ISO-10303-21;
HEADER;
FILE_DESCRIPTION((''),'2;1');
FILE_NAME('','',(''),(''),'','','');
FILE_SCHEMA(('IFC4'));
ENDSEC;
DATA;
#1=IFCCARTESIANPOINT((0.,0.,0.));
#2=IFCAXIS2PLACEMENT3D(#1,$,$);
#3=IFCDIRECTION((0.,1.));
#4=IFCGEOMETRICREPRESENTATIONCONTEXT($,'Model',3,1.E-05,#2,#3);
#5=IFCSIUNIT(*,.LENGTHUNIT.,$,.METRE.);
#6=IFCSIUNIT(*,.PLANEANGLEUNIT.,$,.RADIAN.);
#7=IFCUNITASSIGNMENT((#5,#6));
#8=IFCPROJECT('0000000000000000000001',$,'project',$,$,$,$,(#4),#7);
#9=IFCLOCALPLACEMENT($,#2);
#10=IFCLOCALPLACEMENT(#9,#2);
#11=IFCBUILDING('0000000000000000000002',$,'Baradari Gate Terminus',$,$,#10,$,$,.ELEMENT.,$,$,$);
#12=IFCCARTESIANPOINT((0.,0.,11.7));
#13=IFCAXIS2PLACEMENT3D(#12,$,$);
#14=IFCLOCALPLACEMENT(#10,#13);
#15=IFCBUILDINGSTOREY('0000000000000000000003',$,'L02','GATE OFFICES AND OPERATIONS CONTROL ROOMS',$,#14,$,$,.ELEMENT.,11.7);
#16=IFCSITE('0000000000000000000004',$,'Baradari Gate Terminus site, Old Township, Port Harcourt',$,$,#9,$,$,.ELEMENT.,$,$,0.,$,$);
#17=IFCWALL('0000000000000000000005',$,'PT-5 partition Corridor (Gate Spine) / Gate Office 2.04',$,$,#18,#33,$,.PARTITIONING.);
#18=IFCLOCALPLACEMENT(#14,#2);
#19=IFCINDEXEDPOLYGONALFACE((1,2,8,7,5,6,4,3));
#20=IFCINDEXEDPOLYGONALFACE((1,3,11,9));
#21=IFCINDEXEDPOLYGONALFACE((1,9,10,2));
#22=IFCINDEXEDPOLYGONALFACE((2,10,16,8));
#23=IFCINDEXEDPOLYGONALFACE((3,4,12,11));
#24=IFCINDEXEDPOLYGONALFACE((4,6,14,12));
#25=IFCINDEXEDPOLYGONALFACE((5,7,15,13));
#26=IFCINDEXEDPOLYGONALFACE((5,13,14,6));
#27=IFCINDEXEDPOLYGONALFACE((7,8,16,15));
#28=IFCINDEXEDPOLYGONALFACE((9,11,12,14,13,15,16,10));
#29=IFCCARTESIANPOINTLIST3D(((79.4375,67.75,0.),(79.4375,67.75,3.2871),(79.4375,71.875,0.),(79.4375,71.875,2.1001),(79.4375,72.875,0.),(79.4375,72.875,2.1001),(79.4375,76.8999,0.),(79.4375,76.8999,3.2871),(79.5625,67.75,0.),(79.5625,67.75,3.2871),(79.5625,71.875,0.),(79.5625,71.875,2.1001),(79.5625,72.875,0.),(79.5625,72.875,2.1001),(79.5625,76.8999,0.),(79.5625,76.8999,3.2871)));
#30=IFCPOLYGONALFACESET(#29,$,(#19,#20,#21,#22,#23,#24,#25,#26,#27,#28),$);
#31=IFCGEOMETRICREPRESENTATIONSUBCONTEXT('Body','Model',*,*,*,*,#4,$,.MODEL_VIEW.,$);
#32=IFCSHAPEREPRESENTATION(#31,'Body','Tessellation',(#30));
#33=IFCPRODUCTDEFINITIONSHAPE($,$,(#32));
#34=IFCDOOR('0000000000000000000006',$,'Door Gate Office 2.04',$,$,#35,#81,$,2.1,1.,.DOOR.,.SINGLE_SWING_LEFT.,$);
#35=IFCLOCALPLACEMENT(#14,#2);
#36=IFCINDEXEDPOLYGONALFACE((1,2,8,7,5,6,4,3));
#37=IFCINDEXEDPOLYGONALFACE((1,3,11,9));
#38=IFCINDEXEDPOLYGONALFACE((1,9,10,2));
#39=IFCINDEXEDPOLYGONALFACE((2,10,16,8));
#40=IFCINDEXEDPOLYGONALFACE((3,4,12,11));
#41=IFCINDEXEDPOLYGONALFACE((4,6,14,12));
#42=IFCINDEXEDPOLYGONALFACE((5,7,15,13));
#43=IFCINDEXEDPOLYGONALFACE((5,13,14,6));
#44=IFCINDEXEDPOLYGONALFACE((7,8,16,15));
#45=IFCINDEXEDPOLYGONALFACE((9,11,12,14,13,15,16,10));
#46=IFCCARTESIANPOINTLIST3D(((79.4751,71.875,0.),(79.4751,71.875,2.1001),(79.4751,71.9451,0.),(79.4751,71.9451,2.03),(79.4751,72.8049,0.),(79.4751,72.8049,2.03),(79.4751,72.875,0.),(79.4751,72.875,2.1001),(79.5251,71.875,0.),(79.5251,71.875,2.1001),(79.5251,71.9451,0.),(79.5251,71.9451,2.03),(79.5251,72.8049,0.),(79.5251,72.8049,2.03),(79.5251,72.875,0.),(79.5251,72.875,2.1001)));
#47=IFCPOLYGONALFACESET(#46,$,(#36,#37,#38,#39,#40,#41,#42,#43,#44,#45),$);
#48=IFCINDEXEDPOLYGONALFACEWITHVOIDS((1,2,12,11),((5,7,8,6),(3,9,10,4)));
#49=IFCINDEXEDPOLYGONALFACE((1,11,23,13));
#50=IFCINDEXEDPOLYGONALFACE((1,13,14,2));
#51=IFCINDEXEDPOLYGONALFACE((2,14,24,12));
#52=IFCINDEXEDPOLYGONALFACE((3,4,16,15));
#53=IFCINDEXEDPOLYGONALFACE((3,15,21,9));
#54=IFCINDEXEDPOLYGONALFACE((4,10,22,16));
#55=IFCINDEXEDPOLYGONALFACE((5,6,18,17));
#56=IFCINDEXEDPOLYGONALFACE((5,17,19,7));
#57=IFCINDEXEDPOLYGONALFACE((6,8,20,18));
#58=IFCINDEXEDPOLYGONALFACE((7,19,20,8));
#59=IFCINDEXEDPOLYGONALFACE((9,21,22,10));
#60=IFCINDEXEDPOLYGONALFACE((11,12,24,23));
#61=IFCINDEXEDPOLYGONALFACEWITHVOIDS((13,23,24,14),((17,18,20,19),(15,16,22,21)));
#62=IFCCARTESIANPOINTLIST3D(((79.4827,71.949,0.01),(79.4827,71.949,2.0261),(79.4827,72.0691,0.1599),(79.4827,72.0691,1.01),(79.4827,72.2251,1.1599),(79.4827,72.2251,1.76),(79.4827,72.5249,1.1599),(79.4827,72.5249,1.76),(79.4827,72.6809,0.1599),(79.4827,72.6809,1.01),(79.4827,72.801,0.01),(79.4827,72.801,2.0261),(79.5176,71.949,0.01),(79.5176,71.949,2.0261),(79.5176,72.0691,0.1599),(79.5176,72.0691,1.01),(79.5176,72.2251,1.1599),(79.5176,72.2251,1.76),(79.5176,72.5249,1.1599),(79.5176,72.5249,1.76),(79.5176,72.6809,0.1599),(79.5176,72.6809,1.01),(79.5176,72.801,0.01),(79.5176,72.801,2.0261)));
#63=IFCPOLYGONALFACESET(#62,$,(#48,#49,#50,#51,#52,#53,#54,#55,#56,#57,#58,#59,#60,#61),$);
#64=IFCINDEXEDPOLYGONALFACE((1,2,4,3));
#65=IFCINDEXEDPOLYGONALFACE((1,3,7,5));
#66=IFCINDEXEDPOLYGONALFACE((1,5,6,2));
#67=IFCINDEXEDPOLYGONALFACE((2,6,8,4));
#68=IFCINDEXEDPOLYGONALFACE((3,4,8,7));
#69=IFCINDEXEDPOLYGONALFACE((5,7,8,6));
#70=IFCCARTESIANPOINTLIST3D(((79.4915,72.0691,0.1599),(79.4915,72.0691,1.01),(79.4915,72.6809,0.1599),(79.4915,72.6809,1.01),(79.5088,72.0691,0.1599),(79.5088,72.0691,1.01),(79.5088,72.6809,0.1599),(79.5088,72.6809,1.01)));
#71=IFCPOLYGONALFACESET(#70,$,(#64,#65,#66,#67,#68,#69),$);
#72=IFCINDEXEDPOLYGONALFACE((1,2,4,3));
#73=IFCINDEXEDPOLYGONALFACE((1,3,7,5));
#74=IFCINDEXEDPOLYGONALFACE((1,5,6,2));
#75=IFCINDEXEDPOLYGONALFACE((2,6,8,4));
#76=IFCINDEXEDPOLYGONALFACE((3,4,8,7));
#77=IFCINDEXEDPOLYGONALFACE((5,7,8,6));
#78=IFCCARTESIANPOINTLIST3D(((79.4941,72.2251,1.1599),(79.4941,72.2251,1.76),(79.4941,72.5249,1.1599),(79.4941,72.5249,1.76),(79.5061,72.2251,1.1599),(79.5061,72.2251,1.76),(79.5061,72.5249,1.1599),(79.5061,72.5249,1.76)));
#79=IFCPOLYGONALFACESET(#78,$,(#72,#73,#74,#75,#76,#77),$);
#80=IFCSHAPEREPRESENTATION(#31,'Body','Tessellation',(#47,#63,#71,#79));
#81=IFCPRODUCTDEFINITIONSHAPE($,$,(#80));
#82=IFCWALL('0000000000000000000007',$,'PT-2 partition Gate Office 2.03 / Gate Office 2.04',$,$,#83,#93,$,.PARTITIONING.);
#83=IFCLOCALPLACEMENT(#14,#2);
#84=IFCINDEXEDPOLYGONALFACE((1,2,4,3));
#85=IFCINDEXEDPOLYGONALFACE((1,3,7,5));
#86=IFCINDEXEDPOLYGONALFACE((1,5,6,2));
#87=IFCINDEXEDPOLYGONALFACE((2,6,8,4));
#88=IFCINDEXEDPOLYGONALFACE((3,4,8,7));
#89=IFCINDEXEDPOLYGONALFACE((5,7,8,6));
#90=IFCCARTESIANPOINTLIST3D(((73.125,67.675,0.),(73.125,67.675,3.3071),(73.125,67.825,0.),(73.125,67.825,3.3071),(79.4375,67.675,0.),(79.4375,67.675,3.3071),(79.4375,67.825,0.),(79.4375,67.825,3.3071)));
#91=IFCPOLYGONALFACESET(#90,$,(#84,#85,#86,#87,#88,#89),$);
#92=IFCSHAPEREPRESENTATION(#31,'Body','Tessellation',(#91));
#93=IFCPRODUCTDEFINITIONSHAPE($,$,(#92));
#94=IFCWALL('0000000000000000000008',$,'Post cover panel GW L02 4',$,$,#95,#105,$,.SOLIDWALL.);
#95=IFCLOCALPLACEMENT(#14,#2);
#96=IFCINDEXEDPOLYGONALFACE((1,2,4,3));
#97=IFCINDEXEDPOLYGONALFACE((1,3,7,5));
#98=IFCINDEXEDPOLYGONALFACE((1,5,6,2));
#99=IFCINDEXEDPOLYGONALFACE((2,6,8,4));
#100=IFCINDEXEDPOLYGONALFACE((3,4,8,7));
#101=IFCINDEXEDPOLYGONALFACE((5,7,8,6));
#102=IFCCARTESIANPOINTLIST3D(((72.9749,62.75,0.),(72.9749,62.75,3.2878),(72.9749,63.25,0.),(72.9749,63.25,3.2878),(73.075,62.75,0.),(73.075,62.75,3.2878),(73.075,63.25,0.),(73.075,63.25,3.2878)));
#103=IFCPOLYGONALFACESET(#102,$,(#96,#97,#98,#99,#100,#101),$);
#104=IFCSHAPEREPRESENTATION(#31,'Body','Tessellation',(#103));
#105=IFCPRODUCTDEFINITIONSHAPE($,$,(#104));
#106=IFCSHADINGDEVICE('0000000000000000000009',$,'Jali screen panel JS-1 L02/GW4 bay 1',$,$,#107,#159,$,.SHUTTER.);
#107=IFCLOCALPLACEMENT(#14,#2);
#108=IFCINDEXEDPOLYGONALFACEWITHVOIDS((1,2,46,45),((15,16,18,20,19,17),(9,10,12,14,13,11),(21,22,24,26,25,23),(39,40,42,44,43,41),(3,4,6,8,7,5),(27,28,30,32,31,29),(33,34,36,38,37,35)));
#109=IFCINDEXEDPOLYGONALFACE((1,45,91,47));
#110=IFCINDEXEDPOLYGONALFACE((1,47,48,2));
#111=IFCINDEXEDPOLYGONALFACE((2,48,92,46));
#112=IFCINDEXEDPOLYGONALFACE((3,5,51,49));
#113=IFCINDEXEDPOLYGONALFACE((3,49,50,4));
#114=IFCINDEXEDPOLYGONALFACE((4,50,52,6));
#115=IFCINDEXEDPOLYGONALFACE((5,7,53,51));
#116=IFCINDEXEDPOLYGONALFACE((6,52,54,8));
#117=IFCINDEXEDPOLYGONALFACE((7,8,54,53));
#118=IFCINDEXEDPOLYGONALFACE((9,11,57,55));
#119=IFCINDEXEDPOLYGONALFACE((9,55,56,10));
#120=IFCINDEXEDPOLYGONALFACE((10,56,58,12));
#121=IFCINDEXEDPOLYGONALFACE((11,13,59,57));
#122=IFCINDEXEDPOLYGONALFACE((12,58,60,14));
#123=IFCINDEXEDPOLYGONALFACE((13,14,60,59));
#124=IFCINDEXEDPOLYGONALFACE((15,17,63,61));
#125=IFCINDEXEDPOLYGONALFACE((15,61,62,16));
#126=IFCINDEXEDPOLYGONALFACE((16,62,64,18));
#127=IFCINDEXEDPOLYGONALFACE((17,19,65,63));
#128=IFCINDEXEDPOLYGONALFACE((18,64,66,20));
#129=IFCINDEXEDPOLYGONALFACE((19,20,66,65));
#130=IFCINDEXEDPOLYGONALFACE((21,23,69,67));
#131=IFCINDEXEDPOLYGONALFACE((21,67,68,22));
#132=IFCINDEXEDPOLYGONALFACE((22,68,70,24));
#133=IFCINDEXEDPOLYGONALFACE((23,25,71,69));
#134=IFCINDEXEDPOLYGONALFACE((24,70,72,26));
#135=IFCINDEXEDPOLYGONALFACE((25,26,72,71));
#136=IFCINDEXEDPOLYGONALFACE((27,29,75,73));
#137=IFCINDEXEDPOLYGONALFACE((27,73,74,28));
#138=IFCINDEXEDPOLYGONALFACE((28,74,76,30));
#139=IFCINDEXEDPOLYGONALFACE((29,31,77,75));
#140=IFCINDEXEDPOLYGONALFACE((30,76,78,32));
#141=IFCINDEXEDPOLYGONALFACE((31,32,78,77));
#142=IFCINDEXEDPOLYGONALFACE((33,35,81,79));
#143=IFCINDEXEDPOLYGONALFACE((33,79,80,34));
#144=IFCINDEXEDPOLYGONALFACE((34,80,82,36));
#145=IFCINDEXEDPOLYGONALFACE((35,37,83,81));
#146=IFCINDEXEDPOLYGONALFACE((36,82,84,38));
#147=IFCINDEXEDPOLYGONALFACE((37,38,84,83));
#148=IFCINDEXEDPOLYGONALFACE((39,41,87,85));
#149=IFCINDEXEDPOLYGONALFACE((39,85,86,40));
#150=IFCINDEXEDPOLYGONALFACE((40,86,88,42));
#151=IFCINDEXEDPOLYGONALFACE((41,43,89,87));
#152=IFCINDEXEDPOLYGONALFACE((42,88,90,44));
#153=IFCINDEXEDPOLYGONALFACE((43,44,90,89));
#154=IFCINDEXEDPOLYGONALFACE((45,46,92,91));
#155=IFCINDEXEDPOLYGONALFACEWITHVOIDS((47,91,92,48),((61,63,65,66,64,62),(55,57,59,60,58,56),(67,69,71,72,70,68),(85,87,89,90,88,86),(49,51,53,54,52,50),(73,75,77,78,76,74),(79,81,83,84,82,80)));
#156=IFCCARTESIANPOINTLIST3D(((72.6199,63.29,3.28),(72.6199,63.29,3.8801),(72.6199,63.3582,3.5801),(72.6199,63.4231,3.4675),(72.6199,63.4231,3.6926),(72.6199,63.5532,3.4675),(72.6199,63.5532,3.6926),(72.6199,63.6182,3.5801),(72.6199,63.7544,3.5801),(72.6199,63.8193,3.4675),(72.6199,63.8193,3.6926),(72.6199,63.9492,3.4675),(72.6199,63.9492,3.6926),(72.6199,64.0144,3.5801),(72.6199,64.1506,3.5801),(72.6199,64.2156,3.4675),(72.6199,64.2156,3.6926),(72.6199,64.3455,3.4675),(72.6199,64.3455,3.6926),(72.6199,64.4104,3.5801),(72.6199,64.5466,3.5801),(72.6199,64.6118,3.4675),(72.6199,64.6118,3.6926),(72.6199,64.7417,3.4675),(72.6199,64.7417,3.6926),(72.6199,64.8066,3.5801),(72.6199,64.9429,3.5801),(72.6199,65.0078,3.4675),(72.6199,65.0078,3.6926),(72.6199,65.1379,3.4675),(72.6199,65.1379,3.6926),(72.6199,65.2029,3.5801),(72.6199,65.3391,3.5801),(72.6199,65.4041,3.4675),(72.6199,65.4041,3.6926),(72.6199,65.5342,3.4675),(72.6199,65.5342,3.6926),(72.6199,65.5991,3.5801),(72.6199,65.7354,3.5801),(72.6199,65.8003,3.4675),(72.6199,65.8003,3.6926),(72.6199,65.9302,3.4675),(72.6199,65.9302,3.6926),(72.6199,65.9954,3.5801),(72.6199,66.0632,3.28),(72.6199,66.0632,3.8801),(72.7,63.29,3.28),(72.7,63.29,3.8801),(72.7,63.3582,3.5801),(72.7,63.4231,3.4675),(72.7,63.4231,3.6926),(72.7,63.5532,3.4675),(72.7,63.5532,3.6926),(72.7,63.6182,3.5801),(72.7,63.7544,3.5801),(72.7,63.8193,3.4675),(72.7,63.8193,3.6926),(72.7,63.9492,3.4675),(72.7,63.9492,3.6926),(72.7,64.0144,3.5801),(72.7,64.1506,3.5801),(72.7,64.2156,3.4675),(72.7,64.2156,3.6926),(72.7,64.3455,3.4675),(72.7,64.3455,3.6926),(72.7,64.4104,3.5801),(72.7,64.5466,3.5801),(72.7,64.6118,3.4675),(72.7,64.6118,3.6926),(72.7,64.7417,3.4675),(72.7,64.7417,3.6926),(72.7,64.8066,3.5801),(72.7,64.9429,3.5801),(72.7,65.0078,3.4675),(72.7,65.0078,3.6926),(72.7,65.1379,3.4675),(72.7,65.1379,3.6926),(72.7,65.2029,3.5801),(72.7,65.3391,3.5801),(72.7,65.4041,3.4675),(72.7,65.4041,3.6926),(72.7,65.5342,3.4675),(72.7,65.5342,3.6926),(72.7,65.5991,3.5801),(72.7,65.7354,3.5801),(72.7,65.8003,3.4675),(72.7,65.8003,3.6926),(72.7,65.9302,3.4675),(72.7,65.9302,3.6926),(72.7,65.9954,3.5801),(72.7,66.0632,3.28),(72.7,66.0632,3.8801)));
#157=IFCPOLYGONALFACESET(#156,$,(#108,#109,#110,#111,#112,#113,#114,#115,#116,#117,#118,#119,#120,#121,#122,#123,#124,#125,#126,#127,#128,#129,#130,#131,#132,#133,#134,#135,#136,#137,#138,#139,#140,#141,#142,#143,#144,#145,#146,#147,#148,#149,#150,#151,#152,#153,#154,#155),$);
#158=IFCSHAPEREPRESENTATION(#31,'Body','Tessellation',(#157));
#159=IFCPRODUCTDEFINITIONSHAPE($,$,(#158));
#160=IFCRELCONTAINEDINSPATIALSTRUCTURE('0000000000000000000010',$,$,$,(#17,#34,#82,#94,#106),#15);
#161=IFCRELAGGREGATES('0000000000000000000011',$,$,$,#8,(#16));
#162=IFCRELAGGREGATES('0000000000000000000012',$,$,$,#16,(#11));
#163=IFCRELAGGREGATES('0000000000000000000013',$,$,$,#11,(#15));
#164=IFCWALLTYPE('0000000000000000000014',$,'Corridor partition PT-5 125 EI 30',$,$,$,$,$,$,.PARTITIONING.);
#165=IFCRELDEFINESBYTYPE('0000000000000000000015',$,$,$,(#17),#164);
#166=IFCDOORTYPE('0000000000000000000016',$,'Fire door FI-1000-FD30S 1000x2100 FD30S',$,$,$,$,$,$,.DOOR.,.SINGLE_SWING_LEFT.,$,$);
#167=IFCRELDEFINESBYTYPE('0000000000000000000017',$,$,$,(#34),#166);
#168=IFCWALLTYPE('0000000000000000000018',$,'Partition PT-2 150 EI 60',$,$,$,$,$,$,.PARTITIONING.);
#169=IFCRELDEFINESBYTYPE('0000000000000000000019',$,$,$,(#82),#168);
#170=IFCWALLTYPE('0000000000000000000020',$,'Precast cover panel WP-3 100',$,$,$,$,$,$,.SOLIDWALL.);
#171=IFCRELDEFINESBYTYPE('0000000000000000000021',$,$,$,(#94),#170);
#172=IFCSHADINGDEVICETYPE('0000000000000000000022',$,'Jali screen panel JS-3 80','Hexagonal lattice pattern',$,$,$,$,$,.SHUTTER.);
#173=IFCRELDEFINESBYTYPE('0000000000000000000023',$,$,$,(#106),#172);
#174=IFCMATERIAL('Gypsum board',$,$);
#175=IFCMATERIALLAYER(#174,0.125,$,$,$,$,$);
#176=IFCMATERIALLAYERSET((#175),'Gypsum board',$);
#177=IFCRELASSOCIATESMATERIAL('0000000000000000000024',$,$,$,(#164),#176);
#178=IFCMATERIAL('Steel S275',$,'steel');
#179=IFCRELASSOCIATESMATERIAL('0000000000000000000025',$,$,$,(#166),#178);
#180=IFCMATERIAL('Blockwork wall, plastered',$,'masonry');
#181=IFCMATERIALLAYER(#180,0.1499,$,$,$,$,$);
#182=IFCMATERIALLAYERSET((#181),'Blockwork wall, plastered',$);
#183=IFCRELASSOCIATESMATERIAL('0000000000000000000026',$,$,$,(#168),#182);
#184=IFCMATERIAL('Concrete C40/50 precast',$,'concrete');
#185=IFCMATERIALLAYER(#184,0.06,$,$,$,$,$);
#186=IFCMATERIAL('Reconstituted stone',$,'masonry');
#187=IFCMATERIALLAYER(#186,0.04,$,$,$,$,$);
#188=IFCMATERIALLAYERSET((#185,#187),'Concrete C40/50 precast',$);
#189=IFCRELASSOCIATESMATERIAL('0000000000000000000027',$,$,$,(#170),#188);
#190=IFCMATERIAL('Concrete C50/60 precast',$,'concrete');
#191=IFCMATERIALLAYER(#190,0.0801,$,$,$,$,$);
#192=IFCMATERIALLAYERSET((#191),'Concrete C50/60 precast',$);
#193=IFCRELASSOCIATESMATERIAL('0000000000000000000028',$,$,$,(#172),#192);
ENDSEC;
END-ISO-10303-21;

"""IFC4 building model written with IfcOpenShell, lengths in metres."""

from ifc_helpers import new_model, si_unit, direction, frame, frame_2d, origin, place, context, subcontext, project, spatial, polyline, rectangle, outline, extrude, material, layer, layer_set, type_object, element, fill, save


model = new_model("IFC4")

# Units and contexts
model_context = context("Model", 3, precision=1e-05, world=origin(), true_north=direction((0.0, 1.0)))
body_context = subcontext(model_context, "Body", "Model", "MODEL_VIEW")
ifc_project = project(units=[si_unit("LENGTHUNIT", "METRE"), si_unit("PLANEANGLEUNIT", "RADIAN")], contexts=[model_context])

# Site, building, storey
site_placement = place(None, origin())
site = spatial("IfcSite", under=ifc_project, at=site_placement, Name="Baradari Gate Terminus site, Old Township, Port Harcourt", CompositionType="ELEMENT", RefElevation=0.0)
building_placement = place(site_placement, origin())
building = spatial("IfcBuilding", under=site, at=building_placement, Name="Baradari Gate Terminus", CompositionType="ELEMENT")
storey_placement = place(building_placement, frame((0.0, 0.0, 11.7)))
storey = spatial("IfcBuildingStorey", under=building, at=storey_placement, Name="L02", Description="GATE OFFICES AND OPERATIONS CONTROL ROOMS", CompositionType="ELEMENT", Elevation=11.7)

# Wall, opening, door
ifc_material_1 = material(Name="Gypsum board")
ifc_layer_1 = layer(ifc_material_1, 0.125)
ifc_layer_set_1 = layer_set([ifc_layer_1], Name="Gypsum board")
wall_type_1 = type_object("IfcWallType", Name="Corridor partition PT-5 125 EI 30", PredefinedType="PARTITIONING", material=ifc_layer_set_1)
wall_1_placement = place(storey_placement, frame((79.5, 67.75, 0.0), z_axis=(0.0, 0.0, 1.0), x_axis=(0.0, 1.0, 0.0)))
wall_1 = element("IfcWall", 1, at=wall_1_placement, inside=storey, type_object=wall_type_1, Name="PT-5 partition Corridor (Gate Spine) / Gate Office 2.04", PredefinedType="PARTITIONING", context=body_context, shape_type="SweptSolid", body=[
    extrude(rectangle(XDim=9.1499, YDim=0.125, at=frame_2d((4.575, 0.0))), origin(), (0.0, 0.0, 1.0), 3.2871),
])
opening_placement = place(wall_1_placement, frame((4.125, 0.0, 0.0)))
opening = element("IfcOpeningElement", 2, at=opening_placement, cuts=wall_1, PredefinedType="OPENING", context=body_context, shape_type="SweptSolid", body=[
    extrude(rectangle(XDim=1.0, YDim=2.1001, at=frame_2d((0.5, 1.05))), frame((0.0, 0.0725, 0.0), z_axis=(0.0, -1.0, 0.0), x_axis=(1.0, 0.0, 0.0)), (0.0, 0.0, 1.0), 0.145),
])
ifc_material_2 = material(Name="Steel S275", Category="steel")
door_type = type_object("IfcDoorType", Name="Fire door FI-1000-FD30S 1000x2100 FD30S", OperationType="SINGLE_SWING_LEFT", PredefinedType="DOOR", material=ifc_material_2)
door_placement = place(opening_placement, origin())
door = element("IfcDoor", 3, at=door_placement, inside=storey, type_object=door_type, Name="Door Gate Office 2.04", OperationType="SINGLE_SWING_LEFT", OverallHeight=2.1, OverallWidth=1.0, PredefinedType="DOOR", context=body_context, shape_type="SweptSolid", body=[
    extrude(outline(polyline([(0.0, 0.0), (0.0701, 0.0), (0.0701, 2.03), (0.9299, 2.03), (0.9299, 0.0), (1.0, 0.0), (1.0, 2.1001), (0.0, 2.1001), (0.0, 0.0)])), frame((0.0, 0.0249, 0.0), z_axis=(0.0, -1.0, 0.0), x_axis=(1.0, 0.0, 0.0)), (0.0, 0.0, 1.0), 0.05),
    extrude(outline(polyline([(0.074, 0.01), (0.926, 0.01), (0.926, 2.0261), (0.074, 2.0261), (0.074, 0.01)]), holes=[polyline([(0.1941, 0.1599), (0.8059, 0.1599), (0.8059, 1.01), (0.1941, 1.01), (0.1941, 0.1599)]), polyline([(0.3501, 1.1599), (0.6499, 1.1599), (0.6499, 1.76), (0.3501, 1.76), (0.3501, 1.1599)])]), frame((0.0, 0.0173, 0.0), z_axis=(0.0, -1.0, 0.0), x_axis=(1.0, 0.0, 0.0)), (0.0, 0.0, 1.0), 0.0349),
    extrude(rectangle(XDim=0.6118, YDim=0.8501, at=frame_2d((0.5, 0.585))), frame((0.0, 0.0085, 0.0), z_axis=(0.0, -1.0, 0.0), x_axis=(1.0, 0.0, 0.0)), (0.0, 0.0, 1.0), 0.0173),
    extrude(rectangle(XDim=0.2998, YDim=0.6001, at=frame_2d((0.5, 1.46))), frame((0.0, 0.0059, 0.0), z_axis=(0.0, -1.0, 0.0), x_axis=(1.0, 0.0, 0.0)), (0.0, 0.0, 1.0), 0.012),
])
fill(opening, door)

# Walls
ifc_material_3 = material(Name="Blockwork wall, plastered", Category="masonry")
ifc_layer_2 = layer(ifc_material_3, 0.1499)
ifc_layer_set_2 = layer_set([ifc_layer_2], Name="Blockwork wall, plastered")
wall_type_2 = type_object("IfcWallType", Name="Partition PT-2 150 EI 60", PredefinedType="PARTITIONING", material=ifc_layer_set_2)
wall_2_placement = place(storey_placement, frame((73.125, 67.75, 0.0), z_axis=(0.0, 0.0, 1.0), x_axis=(1.0, 0.0, 0.0)))
element("IfcWall", 4, at=wall_2_placement, inside=storey, type_object=wall_type_2, Name="PT-2 partition Gate Office 2.03 / Gate Office 2.04", PredefinedType="PARTITIONING", context=body_context, shape_type="SweptSolid", body=[
    extrude(rectangle(XDim=6.3125, YDim=0.1499, at=frame_2d((3.1562, 0.0))), origin(), (0.0, 0.0, 1.0), 3.3071),
])
ifc_material_4 = material(Name="Concrete C40/50 precast", Category="concrete")
ifc_layer_3 = layer(ifc_material_4, 0.06)
ifc_material_5 = material(Name="Reconstituted stone", Category="masonry")
ifc_layer_4 = layer(ifc_material_5, 0.04)
ifc_layer_set_3 = layer_set([ifc_layer_3, ifc_layer_4], Name="Concrete C40/50 precast")
wall_type_3 = type_object("IfcWallType", Name="Precast cover panel WP-3 100", PredefinedType="SOLIDWALL", material=ifc_layer_set_3)
wall_3_placement = place(storey_placement, frame((73.0249, 62.75, 0.0), z_axis=(0.0, 0.0, 1.0), x_axis=(0.0, 1.0, 0.0)))
element("IfcWall", 5, at=wall_3_placement, inside=storey, type_object=wall_type_3, Name="Post cover panel GW L02 4", PredefinedType="SOLIDWALL", context=body_context, shape_type="SweptSolid", body=[
    extrude(rectangle(XDim=0.5, YDim=0.1001, at=frame_2d((0.25, 0.0))), origin(), (0.0, 0.0, 1.0), 3.2878),
])

# Shading device
ifc_material_6 = material(Name="Concrete C50/60 precast", Category="concrete")
ifc_layer_5 = layer(ifc_material_6, 0.0801)
ifc_layer_set_4 = layer_set([ifc_layer_5], Name="Concrete C50/60 precast")
shading_device_type = type_object("IfcShadingDeviceType", Name="Jali screen panel JS-3 80", Description="Hexagonal lattice pattern", PredefinedType="SHUTTER", material=ifc_layer_set_4)
shading_device_1_placement = place(storey_placement, frame((72.6599, 63.29, 3.28), z_axis=(0.0, 0.0, 1.0), x_axis=(0.0, 1.0, 0.0)))
element("IfcShadingDevice", 6, at=shading_device_1_placement, inside=storey, type_object=shading_device_type, Name="Jali screen panel JS-1 L02/GW4 bay 1", PredefinedType="SHUTTER", context=body_context, shape_type="SweptSolid", body=[
    extrude(outline(polyline([(0.0, 0.0), (2.7732, 0.0), (2.7732, 0.6001), (0.0, 0.6001), (0.0, 0.0)]), holes=[polyline([(0.3281, 0.3), (0.2632, 0.1875), (0.1331, 0.1875), (0.0681, 0.3), (0.1331, 0.4126), (0.2632, 0.4126), (0.3281, 0.3)]), polyline([(0.7244, 0.3), (0.6592, 0.1875), (0.5293, 0.1875), (0.4644, 0.3), (0.5293, 0.4126), (0.6592, 0.4126), (0.7244, 0.3)]), polyline([(1.1204, 0.3), (1.0554, 0.1875), (0.9255, 0.1875), (0.8606, 0.3), (0.9255, 0.4126), (1.0554, 0.4126), (1.1204, 0.3)]), polyline([(1.5166, 0.3), (1.4517, 0.1875), (1.3218, 0.1875), (1.2566, 0.3), (1.3218, 0.4126), (1.4517, 0.4126), (1.5166, 0.3)]), polyline([(1.9128, 0.3), (1.8479, 0.1875), (1.7178, 0.1875), (1.6528, 0.3), (1.7178, 0.4126), (1.8479, 0.4126), (1.9128, 0.3)]), polyline([(2.3091, 0.3), (2.2441, 0.1875), (2.114, 0.1875), (2.0491, 0.3), (2.114, 0.4126), (2.2441, 0.4126), (2.3091, 0.3)]), polyline([(2.7053, 0.3), (2.6401, 0.1875), (2.5103, 0.1875), (2.4453, 0.3), (2.5103, 0.4126), (2.6401, 0.4126), (2.7053, 0.3)])]), frame((0.0, 0.04, 0.0), z_axis=(0.0, -1.0, 0.0), x_axis=(1.0, 0.0, 0.0)), (0.0, 0.0, 1.0), 0.0801),
])

save(model, "model.ifc")
